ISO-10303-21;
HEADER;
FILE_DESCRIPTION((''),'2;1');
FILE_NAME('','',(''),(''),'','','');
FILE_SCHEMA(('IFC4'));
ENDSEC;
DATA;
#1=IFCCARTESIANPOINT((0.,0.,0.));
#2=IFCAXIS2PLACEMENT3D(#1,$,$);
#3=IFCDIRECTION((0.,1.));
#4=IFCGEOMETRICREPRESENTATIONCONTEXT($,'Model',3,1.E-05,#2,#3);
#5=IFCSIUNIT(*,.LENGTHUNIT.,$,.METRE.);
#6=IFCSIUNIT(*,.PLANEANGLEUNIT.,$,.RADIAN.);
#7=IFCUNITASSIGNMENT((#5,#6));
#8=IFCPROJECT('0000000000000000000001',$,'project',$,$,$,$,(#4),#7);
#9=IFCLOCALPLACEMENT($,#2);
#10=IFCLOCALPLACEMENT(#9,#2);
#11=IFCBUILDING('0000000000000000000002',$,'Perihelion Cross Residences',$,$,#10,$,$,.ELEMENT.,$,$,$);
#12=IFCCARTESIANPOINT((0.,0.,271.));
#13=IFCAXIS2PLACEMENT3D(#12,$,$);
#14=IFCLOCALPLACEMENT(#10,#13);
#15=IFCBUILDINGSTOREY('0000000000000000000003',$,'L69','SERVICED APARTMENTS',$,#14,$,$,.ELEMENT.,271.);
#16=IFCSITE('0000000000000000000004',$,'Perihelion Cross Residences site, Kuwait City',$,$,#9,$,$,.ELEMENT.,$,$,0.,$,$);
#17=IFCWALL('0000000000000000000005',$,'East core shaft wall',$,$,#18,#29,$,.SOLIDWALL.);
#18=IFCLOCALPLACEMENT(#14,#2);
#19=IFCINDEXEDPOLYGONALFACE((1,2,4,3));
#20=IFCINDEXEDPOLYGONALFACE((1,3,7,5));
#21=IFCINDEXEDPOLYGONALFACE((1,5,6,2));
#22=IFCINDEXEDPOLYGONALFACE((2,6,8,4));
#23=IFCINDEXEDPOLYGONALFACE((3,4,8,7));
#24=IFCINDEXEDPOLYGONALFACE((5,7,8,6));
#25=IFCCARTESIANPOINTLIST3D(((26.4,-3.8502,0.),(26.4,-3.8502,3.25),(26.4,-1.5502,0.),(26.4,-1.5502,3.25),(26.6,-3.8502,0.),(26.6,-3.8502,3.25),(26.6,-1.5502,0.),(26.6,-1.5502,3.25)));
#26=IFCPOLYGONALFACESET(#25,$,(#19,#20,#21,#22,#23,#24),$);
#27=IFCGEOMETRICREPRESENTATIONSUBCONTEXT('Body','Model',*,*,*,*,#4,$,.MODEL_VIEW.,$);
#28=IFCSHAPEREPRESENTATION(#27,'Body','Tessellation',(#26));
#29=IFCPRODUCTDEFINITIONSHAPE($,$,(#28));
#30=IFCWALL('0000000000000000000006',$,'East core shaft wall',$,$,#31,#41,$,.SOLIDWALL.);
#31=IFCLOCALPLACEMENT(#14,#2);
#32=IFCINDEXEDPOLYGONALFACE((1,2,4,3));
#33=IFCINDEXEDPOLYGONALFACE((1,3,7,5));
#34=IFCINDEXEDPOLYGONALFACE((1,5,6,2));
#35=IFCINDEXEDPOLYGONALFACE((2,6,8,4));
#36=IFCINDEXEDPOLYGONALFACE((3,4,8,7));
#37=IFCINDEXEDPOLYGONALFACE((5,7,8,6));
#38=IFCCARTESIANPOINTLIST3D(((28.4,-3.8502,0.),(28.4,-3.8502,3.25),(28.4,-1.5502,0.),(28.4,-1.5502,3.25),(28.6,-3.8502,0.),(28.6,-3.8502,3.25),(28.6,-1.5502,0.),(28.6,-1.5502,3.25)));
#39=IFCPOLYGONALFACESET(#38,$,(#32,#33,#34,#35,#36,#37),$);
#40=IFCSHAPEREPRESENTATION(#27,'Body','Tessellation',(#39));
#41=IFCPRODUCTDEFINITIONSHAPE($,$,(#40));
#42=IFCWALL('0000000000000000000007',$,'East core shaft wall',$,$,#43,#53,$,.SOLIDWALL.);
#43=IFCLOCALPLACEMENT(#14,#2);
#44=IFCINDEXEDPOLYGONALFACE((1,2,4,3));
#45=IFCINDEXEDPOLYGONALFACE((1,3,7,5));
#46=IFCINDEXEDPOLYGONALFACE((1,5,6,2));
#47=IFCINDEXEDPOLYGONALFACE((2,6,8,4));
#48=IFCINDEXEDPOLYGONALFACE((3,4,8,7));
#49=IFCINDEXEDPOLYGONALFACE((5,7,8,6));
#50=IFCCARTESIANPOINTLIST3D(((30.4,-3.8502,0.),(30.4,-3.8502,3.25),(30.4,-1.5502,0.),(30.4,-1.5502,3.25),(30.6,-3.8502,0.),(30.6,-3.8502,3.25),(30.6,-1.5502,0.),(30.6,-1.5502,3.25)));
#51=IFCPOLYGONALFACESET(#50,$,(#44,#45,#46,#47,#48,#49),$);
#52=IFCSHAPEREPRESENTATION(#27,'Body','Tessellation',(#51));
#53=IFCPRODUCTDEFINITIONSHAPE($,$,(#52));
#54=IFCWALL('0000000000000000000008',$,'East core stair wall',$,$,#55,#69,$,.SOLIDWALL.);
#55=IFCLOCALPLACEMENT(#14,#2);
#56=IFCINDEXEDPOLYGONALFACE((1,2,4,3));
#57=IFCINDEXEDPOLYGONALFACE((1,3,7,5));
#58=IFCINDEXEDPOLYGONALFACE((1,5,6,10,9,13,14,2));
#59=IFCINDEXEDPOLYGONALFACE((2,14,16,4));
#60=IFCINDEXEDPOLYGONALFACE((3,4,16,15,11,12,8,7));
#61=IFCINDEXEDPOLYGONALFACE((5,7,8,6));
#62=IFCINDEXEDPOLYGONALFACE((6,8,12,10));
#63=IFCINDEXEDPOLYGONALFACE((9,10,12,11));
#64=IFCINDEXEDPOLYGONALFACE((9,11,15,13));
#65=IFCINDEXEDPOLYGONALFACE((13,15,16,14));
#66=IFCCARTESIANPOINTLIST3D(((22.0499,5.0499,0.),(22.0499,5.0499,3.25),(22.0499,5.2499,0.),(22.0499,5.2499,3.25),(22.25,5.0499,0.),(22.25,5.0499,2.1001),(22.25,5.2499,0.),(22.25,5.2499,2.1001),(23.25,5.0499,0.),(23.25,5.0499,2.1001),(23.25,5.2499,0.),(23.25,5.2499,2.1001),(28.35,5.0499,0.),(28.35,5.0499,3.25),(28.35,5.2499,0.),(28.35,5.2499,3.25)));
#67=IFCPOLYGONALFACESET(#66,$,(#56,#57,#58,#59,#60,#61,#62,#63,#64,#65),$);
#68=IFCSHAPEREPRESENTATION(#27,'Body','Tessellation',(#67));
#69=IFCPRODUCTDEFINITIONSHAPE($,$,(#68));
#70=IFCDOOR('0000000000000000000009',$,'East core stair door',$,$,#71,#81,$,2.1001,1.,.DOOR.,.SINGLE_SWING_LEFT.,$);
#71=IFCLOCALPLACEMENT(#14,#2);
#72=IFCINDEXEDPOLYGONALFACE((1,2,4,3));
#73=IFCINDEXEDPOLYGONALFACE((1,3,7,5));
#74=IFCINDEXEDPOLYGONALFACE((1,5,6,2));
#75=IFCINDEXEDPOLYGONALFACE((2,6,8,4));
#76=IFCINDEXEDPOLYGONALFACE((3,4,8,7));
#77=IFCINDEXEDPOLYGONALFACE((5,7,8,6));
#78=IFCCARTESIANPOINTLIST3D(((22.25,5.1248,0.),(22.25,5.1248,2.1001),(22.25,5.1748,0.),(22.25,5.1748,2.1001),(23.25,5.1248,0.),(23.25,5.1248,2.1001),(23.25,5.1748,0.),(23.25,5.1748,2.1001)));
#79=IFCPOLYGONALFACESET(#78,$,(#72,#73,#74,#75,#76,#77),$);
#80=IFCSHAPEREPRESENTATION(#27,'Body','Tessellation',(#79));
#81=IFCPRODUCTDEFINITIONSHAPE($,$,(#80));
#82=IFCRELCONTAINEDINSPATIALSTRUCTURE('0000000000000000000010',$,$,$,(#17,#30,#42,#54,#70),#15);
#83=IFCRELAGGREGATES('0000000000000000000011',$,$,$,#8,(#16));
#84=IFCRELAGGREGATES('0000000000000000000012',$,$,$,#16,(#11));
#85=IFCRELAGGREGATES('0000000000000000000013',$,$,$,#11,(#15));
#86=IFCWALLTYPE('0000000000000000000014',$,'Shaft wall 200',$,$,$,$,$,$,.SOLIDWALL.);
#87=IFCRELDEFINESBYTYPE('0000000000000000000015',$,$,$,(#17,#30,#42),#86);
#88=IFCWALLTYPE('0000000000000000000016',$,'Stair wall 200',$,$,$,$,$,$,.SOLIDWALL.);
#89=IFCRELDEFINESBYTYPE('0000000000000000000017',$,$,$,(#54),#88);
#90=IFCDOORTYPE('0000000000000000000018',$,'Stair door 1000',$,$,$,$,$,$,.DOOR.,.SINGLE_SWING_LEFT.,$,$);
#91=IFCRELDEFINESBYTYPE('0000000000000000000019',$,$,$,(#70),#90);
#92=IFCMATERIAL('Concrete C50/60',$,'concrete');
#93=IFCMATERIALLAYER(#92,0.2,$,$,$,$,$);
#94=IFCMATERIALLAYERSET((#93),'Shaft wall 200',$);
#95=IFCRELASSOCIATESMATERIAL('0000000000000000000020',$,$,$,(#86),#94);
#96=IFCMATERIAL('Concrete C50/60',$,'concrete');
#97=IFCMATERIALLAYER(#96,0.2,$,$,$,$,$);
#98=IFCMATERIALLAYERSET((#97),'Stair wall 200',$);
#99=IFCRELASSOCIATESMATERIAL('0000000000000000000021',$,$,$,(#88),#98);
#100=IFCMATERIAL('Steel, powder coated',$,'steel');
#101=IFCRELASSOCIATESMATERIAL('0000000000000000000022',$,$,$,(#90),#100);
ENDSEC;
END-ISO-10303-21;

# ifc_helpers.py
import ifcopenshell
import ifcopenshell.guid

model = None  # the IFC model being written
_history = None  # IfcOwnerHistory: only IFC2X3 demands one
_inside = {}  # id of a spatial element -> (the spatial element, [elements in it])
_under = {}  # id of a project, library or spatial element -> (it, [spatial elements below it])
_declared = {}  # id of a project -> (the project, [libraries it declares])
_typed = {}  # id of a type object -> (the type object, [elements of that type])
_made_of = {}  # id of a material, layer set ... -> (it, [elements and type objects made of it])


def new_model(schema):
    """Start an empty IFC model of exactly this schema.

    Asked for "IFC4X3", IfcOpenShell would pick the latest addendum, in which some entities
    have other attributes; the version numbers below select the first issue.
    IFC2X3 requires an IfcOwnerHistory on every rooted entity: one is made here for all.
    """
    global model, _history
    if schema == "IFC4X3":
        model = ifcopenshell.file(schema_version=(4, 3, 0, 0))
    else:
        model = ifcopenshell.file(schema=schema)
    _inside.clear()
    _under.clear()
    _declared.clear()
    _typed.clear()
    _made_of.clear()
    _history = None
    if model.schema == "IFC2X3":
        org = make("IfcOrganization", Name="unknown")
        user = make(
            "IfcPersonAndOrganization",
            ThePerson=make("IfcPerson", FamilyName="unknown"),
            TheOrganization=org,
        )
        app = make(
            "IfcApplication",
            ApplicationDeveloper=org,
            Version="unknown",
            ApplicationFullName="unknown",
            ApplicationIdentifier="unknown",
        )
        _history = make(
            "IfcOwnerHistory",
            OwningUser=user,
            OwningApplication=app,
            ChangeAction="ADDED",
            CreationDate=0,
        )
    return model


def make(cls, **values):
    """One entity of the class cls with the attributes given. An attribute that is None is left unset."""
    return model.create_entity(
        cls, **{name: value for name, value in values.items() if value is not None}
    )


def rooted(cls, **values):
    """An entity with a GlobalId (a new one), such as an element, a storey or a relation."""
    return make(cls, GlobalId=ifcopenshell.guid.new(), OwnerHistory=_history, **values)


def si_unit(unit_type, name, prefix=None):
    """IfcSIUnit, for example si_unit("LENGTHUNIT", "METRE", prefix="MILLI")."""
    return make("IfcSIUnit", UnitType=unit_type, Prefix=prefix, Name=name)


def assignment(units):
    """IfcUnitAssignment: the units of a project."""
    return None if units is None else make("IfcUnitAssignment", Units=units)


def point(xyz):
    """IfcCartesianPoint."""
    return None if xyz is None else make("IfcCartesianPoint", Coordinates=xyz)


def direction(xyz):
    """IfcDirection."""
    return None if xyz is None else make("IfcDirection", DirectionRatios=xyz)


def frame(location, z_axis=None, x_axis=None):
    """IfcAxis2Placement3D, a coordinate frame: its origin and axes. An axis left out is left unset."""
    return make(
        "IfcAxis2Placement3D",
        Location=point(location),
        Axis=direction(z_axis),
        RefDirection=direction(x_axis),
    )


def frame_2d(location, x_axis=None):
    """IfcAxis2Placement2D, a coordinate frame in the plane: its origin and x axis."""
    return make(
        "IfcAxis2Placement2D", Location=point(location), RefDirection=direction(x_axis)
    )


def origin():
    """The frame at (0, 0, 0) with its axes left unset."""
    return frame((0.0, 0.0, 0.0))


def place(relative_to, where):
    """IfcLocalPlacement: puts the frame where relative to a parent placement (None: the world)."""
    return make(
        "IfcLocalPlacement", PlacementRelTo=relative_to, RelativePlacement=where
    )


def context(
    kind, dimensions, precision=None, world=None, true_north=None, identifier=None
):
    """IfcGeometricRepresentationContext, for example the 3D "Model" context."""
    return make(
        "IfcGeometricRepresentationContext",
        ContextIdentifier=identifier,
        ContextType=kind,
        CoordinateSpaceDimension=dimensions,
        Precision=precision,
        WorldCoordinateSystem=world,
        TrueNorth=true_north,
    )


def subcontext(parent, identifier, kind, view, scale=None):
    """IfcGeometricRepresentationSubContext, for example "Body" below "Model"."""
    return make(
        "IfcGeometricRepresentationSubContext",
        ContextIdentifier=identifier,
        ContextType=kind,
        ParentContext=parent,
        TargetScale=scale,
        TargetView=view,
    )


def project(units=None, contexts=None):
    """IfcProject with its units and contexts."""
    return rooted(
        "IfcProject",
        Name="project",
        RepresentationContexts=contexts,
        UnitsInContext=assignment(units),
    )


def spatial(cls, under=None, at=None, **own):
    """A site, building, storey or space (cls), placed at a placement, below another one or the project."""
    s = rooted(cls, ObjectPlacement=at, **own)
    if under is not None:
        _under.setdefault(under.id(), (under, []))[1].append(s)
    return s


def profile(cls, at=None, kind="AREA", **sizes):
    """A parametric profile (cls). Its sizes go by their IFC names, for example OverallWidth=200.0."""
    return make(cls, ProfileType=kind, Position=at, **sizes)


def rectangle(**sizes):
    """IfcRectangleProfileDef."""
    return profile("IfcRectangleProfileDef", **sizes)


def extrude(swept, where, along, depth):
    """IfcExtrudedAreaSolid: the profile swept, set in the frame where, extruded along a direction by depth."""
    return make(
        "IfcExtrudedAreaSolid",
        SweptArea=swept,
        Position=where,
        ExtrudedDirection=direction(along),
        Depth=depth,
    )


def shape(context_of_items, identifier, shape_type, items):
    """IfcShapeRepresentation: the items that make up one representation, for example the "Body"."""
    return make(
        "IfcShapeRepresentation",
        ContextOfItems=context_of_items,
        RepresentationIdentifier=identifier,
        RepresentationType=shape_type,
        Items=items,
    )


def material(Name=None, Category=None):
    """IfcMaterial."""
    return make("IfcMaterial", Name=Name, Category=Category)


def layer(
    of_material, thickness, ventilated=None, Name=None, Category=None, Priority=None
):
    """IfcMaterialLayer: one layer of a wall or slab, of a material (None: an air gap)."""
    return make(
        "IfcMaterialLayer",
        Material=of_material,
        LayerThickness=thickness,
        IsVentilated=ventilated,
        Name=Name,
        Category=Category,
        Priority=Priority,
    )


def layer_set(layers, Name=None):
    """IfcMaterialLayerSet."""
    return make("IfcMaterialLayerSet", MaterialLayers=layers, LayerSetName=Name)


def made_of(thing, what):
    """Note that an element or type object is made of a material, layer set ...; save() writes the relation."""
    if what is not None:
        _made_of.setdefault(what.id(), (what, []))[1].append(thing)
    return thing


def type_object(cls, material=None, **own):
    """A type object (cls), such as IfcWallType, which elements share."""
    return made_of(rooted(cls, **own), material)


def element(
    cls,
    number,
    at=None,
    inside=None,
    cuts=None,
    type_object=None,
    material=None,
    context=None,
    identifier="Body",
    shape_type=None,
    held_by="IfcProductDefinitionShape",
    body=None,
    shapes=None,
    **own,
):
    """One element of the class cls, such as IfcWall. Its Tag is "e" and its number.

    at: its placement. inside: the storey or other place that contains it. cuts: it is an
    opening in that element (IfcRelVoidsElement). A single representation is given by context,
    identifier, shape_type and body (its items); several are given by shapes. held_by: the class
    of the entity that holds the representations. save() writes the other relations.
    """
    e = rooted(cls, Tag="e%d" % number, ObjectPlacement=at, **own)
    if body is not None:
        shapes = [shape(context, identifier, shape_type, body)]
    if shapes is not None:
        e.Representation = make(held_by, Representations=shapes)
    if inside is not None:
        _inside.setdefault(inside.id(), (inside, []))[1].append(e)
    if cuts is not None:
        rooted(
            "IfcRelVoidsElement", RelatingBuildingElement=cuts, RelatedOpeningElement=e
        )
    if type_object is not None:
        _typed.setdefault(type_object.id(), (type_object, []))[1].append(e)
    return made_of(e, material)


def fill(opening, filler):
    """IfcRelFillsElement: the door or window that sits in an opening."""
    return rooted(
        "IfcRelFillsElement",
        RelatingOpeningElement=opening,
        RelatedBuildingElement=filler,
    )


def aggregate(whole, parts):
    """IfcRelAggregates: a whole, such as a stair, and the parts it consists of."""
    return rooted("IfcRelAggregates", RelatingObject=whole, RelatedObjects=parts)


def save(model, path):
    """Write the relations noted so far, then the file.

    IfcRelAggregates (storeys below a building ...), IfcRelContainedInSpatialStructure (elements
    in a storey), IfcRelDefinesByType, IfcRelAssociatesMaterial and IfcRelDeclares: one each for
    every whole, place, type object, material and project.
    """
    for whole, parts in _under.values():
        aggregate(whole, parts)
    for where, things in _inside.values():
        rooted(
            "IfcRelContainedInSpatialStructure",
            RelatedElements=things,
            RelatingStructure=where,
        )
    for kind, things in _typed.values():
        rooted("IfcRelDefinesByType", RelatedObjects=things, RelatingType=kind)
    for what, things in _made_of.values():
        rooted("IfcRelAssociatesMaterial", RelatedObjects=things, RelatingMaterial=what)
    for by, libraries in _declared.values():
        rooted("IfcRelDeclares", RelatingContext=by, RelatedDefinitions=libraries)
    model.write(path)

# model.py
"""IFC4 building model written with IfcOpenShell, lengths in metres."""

from ifc_helpers import new_model, si_unit, direction, frame, frame_2d, origin, place, context, subcontext, project, spatial, rectangle, extrude, material, layer, layer_set, type_object, element, fill, save


model = new_model("IFC4")

# Units and contexts
model_context = context("Model", 3, precision=1e-05, world=origin(), true_north=direction((0.0, 1.0)))
body_context = subcontext(model_context, "Body", "Model", "MODEL_VIEW")
ifc_project = project(units=[si_unit("LENGTHUNIT", "METRE"), si_unit("PLANEANGLEUNIT", "RADIAN")], contexts=[model_context])

# Site, building, storey
site_placement = place(None, origin())
site = spatial("IfcSite", under=ifc_project, at=site_placement, Name="Perihelion Cross Residences site, Kuwait City", CompositionType="ELEMENT", RefElevation=0.0)
building_placement = place(site_placement, origin())
building = spatial("IfcBuilding", under=site, at=building_placement, Name="Perihelion Cross Residences", CompositionType="ELEMENT")
storey_placement = place(building_placement, frame((0.0, 0.0, 271.0)))
storey = spatial("IfcBuildingStorey", under=building, at=storey_placement, Name="L69", Description="SERVICED APARTMENTS", CompositionType="ELEMENT", Elevation=271.0)

# Shared definitions
ifc_material_1 = material(Name="Concrete C50/60", Category="concrete")
ifc_layer_1 = layer(ifc_material_1, 0.2)
ifc_layer_set_1 = layer_set([ifc_layer_1], Name="Shaft wall 200")
wall_type_1 = type_object("IfcWallType", Name="Shaft wall 200", PredefinedType="SOLIDWALL", material=ifc_layer_set_1)

# Walls
for number, where, z_axis, x_axis, name in (
    (1, (26.5, -3.8501, 0.0), (0.0, 0.0, 1.0), (0.0, 1.0, 0.0), "East core shaft wall"),
    (2, (28.5, -3.8501, 0.0), (0.0, 0.0, 1.0), (0.0, 1.0, 0.0), "East core shaft wall"),
    (3, (30.5, -3.8501, 0.0), (0.0, 0.0, 1.0), (0.0, 1.0, 0.0), "East core shaft wall"),
):
    element("IfcWall", number, at=place(storey_placement, frame(where, z_axis=z_axis, x_axis=x_axis)), inside=storey, type_object=wall_type_1, Name=name, PredefinedType="SOLIDWALL", context=body_context, shape_type="SweptSolid", body=[
        extrude(rectangle(XDim=2.3, YDim=0.2, at=frame_2d((1.1499, 0.0))), origin(), (0.0, 0.0, 1.0), 3.25),
    ])

# Wall, opening, door
ifc_material_2 = material(Name="Concrete C50/60", Category="concrete")
ifc_layer_2 = layer(ifc_material_2, 0.2)
ifc_layer_set_2 = layer_set([ifc_layer_2], Name="Stair wall 200")
wall_type_2 = type_object("IfcWallType", Name="Stair wall 200", PredefinedType="SOLIDWALL", material=ifc_layer_set_2)
wall_1_placement = place(storey_placement, frame((22.05, 5.1499, 0.0), z_axis=(0.0, 0.0, 1.0), x_axis=(1.0, 0.0, 0.0)))
wall_1 = element("IfcWall", 4, at=wall_1_placement, inside=storey, type_object=wall_type_2, Name="East core stair wall", PredefinedType="SOLIDWALL", context=body_context, shape_type="SweptSolid", body=[
    extrude(rectangle(XDim=6.3, YDim=0.2, at=frame_2d((3.1499, 0.0))), origin(), (0.0, 0.0, 1.0), 3.25),
])
opening_1_placement = place(wall_1_placement, frame((0.2, 0.0, 0.0)))
opening_1 = element("IfcOpeningElement", 5, at=opening_1_placement, cuts=wall_1, PredefinedType="OPENING", context=body_context, shape_type="SweptSolid", body=[
    extrude(rectangle(XDim=1.0, YDim=2.1001, at=frame_2d((0.5, 1.05))), frame((0.0, 0.1099, 0.0), z_axis=(0.0, -1.0, 0.0), x_axis=(1.0, 0.0, 0.0)), (0.0, 0.0, 1.0), 0.22),
])
ifc_material_3 = material(Name="Steel, powder coated", Category="steel")
door_type_1 = type_object("IfcDoorType", Name="Stair door 1000", OperationType="SINGLE_SWING_LEFT", PredefinedType="DOOR", material=ifc_material_3)
door_1_placement = place(opening_1_placement, origin())
door_1 = element("IfcDoor", 6, at=door_1_placement, inside=storey, type_object=door_type_1, Name="East core stair door", OperationType="SINGLE_SWING_LEFT", OverallHeight=2.1001, OverallWidth=1.0, PredefinedType="DOOR", context=body_context, shape_type="SweptSolid", body=[
    extrude(rectangle(XDim=1.0, YDim=2.1001, at=frame_2d((0.5, 1.05))), frame((0.0, 0.0249, 0.0), z_axis=(0.0, -1.0, 0.0), x_axis=(1.0, 0.0, 0.0)), (0.0, 0.0, 1.0), 0.05),
])
fill(opening_1, door_1)

save(model, "model.ifc")
